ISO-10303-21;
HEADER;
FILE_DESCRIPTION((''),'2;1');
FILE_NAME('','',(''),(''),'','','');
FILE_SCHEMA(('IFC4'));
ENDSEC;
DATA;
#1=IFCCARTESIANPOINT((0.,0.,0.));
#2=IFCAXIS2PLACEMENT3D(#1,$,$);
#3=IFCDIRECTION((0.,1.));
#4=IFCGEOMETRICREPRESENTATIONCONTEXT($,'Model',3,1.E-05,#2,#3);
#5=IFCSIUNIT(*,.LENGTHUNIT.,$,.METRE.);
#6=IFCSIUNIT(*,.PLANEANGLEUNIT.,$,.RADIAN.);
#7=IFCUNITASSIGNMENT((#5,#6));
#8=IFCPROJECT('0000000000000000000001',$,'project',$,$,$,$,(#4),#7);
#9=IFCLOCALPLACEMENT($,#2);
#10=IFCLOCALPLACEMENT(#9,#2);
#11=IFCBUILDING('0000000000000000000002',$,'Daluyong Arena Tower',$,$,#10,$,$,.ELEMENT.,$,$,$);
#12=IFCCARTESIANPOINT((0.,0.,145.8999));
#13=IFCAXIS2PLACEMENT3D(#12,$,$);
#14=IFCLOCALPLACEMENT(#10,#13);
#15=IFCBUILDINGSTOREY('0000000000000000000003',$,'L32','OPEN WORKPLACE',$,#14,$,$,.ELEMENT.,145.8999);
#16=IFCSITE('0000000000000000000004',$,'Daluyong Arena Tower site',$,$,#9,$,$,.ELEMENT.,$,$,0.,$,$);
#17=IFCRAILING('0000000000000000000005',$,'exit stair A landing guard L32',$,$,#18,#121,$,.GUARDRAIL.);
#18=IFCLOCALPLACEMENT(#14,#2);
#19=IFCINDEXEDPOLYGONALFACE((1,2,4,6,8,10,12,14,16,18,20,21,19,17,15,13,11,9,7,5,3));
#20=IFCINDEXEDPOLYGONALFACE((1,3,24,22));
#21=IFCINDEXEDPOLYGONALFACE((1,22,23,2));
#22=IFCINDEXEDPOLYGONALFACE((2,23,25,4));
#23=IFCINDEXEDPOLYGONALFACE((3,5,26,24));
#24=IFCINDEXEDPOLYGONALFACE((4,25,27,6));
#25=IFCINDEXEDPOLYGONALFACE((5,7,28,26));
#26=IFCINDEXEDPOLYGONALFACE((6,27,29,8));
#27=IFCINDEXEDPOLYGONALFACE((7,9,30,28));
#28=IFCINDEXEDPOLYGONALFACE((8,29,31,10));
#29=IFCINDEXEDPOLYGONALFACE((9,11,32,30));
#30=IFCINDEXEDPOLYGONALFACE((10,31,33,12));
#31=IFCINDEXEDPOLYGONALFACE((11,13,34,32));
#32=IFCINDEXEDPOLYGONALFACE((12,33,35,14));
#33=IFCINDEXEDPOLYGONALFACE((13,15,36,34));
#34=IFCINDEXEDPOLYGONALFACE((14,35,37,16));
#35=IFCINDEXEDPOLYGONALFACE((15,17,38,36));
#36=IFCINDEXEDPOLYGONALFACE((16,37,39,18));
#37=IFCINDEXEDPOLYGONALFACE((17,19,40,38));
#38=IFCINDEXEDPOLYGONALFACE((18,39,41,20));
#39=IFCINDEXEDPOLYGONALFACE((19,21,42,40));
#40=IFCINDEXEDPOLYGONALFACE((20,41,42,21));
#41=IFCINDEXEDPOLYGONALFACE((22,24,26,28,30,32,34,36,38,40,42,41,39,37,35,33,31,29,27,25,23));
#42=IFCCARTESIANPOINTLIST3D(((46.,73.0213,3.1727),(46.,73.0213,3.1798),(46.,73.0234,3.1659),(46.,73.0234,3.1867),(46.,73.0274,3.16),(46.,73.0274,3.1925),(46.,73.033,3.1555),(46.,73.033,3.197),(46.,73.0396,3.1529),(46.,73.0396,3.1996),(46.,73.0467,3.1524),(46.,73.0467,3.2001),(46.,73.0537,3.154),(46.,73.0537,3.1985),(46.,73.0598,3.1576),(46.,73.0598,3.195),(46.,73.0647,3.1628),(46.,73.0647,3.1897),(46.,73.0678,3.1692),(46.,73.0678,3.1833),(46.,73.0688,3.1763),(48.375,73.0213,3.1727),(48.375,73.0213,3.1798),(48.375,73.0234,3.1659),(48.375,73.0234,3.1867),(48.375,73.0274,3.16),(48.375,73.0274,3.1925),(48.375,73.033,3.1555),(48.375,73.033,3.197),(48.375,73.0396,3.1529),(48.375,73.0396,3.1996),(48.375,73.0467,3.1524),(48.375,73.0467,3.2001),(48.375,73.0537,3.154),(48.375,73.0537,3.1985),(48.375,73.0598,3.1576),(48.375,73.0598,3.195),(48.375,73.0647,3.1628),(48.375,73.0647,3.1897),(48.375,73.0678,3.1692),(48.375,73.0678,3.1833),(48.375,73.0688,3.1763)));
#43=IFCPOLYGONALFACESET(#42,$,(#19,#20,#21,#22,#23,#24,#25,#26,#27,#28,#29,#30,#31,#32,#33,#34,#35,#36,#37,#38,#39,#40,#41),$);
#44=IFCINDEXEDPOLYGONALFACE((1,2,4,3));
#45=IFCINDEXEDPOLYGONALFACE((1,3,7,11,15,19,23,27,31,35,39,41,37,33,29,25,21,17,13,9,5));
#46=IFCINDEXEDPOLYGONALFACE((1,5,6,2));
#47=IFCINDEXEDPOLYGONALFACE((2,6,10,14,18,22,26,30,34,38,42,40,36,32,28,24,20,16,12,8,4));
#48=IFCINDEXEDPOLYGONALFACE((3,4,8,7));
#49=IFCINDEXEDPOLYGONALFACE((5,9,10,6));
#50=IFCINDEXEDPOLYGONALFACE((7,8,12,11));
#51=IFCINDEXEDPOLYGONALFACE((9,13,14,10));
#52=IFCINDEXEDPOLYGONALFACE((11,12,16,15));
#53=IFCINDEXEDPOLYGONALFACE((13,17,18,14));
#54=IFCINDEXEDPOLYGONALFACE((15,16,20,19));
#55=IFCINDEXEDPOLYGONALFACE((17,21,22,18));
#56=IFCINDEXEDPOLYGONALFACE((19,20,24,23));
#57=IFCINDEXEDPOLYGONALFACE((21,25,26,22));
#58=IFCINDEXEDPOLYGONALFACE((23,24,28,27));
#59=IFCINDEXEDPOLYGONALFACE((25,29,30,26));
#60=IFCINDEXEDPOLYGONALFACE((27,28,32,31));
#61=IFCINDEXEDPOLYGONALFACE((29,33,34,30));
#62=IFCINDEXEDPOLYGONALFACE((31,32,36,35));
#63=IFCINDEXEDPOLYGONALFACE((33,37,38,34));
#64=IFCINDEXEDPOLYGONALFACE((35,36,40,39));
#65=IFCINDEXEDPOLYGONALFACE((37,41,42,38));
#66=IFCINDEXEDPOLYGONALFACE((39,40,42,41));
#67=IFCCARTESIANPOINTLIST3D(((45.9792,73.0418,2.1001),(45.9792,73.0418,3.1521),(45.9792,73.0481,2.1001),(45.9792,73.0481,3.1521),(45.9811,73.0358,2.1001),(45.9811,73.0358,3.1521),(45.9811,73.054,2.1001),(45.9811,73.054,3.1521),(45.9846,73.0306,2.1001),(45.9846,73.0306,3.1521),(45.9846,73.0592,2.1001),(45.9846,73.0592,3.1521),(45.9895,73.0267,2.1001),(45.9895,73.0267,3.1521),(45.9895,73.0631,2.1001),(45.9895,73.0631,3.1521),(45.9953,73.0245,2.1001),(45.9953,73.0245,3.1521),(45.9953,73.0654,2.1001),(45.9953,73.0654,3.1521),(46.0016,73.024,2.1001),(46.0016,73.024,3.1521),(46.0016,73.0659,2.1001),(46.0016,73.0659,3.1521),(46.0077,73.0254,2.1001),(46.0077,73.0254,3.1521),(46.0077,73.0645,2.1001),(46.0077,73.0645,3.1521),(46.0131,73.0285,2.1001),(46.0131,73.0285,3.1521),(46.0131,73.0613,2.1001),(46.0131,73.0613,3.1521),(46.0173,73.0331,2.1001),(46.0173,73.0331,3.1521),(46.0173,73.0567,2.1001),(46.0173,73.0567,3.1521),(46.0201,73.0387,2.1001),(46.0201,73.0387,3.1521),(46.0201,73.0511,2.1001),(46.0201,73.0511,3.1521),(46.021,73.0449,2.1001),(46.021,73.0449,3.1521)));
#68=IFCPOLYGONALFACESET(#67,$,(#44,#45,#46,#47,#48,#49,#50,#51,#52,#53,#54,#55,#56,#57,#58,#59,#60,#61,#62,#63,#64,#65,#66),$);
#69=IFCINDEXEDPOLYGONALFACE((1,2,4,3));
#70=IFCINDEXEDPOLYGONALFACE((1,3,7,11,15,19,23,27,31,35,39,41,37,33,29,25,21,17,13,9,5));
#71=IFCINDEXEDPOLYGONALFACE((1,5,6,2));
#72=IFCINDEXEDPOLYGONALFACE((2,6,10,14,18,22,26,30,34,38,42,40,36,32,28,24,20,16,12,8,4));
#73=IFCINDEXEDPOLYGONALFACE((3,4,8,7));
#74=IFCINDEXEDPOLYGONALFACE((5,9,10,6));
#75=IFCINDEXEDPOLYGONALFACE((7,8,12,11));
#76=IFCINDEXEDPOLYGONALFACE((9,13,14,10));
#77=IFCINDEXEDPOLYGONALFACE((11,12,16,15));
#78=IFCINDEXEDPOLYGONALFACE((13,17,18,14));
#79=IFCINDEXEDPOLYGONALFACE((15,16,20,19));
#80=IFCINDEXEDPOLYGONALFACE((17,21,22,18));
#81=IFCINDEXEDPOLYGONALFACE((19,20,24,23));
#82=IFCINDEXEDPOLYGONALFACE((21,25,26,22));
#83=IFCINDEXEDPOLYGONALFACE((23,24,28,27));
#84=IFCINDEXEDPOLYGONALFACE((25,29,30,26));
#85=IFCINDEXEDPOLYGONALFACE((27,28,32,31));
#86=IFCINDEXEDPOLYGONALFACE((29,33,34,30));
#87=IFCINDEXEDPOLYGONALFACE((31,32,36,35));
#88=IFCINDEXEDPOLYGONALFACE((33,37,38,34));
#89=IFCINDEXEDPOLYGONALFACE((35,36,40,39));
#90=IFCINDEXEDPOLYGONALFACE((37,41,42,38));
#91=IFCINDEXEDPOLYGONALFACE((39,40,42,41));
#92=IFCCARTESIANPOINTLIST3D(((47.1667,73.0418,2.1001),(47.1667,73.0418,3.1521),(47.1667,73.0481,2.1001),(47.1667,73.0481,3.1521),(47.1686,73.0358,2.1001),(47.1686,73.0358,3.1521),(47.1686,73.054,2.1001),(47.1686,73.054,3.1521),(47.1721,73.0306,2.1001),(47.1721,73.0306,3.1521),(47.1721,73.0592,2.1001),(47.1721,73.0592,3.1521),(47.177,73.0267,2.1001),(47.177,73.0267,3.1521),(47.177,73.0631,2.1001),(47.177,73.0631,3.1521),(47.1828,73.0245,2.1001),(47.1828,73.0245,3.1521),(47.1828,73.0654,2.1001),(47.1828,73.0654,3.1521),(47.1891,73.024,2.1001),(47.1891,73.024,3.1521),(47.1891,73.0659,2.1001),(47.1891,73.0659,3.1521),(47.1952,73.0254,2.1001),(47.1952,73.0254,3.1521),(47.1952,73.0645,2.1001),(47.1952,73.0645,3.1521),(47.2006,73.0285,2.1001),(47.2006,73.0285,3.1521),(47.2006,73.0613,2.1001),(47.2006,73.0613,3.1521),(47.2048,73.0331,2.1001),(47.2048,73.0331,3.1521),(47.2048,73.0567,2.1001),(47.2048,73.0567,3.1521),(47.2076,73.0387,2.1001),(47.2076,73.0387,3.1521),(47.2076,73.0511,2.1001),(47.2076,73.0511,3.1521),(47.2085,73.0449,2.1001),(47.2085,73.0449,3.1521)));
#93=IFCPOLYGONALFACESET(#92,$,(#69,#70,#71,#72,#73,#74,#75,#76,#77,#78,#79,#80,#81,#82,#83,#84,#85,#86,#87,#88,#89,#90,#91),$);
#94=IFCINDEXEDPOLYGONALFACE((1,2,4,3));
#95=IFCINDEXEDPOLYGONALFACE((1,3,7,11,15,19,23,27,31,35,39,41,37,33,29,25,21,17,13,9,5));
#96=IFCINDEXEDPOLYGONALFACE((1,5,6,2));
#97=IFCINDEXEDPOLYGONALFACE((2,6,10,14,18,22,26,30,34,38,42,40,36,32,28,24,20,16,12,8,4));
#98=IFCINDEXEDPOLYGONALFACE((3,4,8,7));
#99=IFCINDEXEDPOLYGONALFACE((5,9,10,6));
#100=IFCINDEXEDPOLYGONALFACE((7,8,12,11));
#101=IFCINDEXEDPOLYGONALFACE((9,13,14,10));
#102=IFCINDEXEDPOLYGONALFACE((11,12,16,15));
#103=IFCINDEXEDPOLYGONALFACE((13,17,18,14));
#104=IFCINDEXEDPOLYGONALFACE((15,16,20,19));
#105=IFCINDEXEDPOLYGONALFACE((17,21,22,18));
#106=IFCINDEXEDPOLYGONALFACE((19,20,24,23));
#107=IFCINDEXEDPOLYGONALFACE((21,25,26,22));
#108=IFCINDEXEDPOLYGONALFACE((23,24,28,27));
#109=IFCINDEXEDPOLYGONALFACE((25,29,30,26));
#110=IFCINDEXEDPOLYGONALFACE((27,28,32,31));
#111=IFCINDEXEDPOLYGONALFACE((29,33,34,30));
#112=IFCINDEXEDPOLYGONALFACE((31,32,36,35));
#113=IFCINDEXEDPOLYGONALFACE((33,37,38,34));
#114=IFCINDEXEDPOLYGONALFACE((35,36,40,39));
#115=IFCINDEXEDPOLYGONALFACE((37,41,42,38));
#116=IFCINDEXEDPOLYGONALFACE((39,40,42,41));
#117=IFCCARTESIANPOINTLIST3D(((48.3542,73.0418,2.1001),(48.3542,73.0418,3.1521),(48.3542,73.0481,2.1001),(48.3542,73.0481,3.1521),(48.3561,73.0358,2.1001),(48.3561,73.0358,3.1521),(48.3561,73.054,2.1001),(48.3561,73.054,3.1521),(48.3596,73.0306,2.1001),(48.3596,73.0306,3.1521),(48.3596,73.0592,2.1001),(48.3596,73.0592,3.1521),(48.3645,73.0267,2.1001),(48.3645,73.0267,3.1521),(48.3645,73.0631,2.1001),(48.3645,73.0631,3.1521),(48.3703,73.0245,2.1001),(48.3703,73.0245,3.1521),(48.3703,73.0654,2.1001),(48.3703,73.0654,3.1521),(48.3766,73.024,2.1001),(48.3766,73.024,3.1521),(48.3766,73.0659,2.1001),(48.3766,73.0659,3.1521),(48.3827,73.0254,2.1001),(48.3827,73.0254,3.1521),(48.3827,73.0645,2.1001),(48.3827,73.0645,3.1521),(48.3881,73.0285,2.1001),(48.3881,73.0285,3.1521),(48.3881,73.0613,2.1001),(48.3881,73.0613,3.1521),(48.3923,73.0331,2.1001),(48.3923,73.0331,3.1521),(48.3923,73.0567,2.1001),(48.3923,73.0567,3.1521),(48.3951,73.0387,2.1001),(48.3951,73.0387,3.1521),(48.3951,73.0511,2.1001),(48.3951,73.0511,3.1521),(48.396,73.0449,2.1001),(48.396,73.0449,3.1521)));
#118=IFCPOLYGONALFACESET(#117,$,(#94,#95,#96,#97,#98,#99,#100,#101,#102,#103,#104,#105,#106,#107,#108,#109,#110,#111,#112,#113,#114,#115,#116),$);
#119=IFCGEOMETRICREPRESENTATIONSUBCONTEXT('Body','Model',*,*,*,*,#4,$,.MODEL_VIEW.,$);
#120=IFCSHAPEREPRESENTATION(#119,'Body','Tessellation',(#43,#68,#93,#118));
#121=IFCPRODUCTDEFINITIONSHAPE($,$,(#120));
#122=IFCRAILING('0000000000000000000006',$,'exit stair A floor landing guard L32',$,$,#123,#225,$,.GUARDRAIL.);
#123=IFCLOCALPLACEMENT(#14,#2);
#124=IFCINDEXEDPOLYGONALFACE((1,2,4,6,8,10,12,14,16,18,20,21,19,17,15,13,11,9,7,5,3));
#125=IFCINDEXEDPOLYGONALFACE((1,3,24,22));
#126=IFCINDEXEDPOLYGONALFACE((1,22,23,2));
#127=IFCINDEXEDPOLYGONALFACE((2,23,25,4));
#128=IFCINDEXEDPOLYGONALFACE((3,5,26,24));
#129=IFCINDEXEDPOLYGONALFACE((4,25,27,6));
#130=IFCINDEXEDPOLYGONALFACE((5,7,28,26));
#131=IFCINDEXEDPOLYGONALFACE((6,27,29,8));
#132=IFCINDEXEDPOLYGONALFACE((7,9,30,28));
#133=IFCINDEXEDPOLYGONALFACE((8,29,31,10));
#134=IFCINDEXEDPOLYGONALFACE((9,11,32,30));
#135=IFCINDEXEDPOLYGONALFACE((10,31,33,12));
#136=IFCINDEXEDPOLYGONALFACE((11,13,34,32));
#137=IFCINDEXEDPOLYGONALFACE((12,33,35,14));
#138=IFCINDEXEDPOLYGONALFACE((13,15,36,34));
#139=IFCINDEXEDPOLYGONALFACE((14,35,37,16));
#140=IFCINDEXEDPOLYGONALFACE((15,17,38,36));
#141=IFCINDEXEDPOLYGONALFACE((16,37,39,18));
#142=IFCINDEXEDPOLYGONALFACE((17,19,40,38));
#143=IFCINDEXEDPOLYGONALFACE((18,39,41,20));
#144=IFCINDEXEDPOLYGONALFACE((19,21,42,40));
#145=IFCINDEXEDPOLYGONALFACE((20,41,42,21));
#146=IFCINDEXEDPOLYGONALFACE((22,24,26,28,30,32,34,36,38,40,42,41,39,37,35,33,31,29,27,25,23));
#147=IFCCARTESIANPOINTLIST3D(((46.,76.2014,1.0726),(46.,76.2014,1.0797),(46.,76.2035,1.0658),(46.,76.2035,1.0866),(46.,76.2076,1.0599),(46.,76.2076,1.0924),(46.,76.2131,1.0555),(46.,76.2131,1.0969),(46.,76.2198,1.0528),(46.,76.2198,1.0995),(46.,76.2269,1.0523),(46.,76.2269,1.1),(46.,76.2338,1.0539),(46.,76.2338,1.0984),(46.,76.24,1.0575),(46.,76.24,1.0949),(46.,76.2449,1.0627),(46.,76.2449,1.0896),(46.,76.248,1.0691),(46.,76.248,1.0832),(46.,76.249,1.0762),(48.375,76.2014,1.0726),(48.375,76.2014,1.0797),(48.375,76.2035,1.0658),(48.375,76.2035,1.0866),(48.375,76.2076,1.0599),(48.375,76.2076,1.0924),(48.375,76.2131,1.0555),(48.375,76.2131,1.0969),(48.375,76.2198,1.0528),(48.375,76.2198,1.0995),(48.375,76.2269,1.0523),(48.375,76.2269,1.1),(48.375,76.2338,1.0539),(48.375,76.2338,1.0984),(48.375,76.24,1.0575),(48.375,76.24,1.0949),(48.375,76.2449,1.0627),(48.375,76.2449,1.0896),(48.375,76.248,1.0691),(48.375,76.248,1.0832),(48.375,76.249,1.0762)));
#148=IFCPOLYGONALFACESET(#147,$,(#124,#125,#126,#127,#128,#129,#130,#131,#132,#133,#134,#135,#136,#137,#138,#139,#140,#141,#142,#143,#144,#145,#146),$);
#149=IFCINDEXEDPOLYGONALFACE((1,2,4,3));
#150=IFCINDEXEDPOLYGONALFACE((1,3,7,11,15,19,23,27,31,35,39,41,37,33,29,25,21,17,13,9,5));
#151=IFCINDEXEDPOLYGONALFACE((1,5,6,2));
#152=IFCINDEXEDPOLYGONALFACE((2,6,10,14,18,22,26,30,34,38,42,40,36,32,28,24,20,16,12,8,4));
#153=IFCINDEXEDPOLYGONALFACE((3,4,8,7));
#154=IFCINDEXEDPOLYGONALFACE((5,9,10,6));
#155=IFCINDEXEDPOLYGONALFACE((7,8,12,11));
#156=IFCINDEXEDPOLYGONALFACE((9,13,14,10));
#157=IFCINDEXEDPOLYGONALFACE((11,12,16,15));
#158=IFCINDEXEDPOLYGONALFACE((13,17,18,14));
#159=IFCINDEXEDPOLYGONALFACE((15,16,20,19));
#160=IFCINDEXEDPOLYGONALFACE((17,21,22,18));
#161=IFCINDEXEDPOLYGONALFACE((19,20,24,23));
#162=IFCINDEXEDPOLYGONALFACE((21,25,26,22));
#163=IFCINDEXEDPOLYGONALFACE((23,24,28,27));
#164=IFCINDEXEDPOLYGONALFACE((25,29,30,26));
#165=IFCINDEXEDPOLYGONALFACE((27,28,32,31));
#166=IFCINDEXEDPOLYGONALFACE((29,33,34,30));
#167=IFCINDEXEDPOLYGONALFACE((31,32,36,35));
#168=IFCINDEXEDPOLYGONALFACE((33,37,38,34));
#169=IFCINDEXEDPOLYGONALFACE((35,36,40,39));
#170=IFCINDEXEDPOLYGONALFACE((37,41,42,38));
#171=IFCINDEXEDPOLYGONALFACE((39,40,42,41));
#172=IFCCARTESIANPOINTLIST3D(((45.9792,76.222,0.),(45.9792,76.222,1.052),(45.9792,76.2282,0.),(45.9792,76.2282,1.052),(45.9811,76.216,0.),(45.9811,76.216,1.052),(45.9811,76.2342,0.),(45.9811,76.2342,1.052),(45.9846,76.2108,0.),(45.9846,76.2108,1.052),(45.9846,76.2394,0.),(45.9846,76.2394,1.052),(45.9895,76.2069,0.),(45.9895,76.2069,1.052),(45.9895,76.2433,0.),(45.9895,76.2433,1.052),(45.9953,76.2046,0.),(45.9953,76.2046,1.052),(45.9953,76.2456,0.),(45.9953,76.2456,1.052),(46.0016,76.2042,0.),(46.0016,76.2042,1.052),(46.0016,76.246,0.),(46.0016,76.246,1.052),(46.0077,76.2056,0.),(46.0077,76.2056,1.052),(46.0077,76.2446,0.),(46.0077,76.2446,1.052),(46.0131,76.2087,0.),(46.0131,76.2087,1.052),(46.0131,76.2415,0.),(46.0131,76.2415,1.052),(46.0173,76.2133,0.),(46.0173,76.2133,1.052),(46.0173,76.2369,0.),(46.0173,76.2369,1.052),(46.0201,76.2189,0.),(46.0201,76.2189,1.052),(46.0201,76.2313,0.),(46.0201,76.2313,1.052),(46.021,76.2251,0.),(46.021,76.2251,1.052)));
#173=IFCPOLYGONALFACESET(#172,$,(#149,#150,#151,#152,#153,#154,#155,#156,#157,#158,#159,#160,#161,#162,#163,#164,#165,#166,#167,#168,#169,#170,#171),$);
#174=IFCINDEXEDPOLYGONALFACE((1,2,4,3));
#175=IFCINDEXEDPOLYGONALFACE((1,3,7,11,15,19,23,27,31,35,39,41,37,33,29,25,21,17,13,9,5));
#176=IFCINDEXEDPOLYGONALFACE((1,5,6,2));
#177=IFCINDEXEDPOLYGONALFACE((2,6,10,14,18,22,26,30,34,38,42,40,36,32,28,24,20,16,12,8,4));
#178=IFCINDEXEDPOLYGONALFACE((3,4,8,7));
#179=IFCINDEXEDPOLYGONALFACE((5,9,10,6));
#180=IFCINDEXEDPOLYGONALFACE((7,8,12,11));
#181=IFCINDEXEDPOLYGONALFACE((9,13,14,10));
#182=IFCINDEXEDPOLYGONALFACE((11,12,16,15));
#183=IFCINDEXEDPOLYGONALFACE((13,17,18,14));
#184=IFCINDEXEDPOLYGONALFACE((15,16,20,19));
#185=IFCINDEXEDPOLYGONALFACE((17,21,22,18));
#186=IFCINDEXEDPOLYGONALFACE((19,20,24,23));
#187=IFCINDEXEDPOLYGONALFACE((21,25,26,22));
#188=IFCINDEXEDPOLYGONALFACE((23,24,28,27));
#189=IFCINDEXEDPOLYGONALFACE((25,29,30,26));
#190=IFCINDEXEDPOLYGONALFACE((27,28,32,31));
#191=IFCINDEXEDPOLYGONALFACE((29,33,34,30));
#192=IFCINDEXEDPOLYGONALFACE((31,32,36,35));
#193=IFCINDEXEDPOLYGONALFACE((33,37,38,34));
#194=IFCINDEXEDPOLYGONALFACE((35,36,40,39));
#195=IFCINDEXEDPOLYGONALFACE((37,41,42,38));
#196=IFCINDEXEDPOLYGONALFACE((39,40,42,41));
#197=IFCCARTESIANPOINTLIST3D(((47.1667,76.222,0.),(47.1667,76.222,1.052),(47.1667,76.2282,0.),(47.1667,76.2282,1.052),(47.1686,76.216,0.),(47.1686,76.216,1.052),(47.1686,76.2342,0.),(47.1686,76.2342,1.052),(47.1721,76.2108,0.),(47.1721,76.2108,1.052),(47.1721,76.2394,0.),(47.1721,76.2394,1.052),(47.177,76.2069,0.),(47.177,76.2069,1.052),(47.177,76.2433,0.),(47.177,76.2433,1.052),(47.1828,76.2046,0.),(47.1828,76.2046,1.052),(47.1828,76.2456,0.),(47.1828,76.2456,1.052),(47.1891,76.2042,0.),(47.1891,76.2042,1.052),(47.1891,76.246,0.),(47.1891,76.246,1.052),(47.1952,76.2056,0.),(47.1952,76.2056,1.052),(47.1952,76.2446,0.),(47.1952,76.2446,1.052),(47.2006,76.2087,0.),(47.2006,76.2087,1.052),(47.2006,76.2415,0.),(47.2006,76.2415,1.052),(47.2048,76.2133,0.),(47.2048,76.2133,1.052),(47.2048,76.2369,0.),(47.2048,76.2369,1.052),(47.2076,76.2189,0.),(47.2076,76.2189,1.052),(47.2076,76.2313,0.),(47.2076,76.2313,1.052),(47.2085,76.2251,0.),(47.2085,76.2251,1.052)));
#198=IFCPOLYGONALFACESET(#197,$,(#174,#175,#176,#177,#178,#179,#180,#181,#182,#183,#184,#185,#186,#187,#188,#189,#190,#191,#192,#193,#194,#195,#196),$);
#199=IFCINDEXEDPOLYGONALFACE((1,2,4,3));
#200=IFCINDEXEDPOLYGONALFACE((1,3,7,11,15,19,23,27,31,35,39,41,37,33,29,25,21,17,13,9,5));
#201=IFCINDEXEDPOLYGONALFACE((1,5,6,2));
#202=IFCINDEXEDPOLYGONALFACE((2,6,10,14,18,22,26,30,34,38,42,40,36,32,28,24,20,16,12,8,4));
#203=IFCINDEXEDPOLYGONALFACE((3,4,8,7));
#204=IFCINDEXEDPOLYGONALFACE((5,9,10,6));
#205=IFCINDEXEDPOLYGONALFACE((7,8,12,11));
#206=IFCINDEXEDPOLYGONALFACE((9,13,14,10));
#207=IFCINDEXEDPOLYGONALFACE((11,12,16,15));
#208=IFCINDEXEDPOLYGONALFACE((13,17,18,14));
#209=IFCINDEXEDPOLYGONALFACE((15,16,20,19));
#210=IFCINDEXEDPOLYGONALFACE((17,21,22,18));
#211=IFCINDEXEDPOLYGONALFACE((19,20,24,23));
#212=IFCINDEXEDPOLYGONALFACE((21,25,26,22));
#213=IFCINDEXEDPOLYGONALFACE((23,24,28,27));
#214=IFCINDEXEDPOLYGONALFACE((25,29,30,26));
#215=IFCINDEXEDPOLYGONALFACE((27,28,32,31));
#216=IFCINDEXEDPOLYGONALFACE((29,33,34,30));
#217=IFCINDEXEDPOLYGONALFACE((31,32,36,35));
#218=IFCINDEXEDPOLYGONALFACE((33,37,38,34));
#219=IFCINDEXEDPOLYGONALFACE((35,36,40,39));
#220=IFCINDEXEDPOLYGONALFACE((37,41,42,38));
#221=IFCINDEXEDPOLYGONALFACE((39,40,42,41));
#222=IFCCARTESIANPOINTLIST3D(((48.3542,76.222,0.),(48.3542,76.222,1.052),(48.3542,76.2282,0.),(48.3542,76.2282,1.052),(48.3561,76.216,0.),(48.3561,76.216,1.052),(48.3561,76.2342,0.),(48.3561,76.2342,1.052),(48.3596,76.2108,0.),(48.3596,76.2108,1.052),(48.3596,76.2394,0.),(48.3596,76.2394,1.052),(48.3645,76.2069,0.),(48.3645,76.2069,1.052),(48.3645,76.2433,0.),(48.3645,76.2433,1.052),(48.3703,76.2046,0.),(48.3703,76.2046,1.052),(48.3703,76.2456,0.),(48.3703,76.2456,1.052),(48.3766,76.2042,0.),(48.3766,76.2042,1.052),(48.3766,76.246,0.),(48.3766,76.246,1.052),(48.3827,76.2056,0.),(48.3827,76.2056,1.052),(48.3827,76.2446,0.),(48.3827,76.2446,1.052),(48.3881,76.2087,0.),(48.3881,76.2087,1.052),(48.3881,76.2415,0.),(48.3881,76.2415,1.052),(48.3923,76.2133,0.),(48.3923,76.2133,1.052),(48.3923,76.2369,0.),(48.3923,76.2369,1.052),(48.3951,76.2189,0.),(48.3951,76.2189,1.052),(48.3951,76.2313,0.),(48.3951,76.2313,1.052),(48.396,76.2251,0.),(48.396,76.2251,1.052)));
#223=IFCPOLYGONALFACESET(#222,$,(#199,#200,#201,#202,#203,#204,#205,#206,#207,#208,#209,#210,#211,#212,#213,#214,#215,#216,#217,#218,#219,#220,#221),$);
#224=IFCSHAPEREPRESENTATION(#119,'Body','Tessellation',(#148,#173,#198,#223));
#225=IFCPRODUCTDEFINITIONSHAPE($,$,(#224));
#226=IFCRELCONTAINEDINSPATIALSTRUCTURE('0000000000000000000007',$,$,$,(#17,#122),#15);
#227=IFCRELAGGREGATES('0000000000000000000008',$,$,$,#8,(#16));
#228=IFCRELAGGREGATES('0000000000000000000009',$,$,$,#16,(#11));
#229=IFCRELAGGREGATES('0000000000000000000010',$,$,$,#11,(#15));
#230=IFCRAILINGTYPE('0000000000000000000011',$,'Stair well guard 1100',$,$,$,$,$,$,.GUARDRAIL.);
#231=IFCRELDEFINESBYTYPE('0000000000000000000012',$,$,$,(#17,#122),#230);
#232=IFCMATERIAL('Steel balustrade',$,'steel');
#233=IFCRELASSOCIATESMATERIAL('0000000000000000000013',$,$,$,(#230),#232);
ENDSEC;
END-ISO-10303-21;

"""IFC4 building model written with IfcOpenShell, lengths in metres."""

from ifc_helpers import new_model, si_unit, direction, frame, origin, origin_2d, place, context, subcontext, project, spatial, circle, extrude, material, type_object, element, save


model = new_model("IFC4")

# Units and contexts
model_context = context("Model", 3, precision=1e-05, world=origin(), true_north=direction((0.0, 1.0)))
body_context = subcontext(model_context, "Body", "Model", "MODEL_VIEW")
ifc_project = project(units=[si_unit("LENGTHUNIT", "METRE"), si_unit("PLANEANGLEUNIT", "RADIAN")], contexts=[model_context])

# Site, building, storey
site_placement = place(None, origin())
site = spatial("IfcSite", under=ifc_project, at=site_placement, Name="Daluyong Arena Tower site", CompositionType="ELEMENT", RefElevation=0.0)
building_placement = place(site_placement, origin())
building = spatial("IfcBuilding", under=site, at=building_placement, Name="Daluyong Arena Tower", CompositionType="ELEMENT")
storey_placement = place(building_placement, frame((0.0, 0.0, 145.8999)))
storey = spatial("IfcBuildingStorey", under=building, at=storey_placement, Name="L32", Description="OPEN WORKPLACE", CompositionType="ELEMENT", Elevation=145.8999)

# Railings
ifc_material_1 = material(Name="Steel balustrade", Category="steel")
railing_type_1 = type_object("IfcRailingType", Name="Stair well guard 1100", PredefinedType="GUARDRAIL", material=ifc_material_1)
for number, where, name in (
    (1, (46.0, 73.0449, 2.1001), "exit stair A landing guard L32"),
    (2, (46.0, 76.2251, 0.0), "exit stair A floor landing guard L32"),
):
    element("IfcRailing", number, at=place(storey_placement, frame(where)), inside=storey, type_object=railing_type_1, Name=name, PredefinedType="GUARDRAIL", context=body_context, shape_type="SweptSolid", body=[
        extrude(circle(Radius=0.0239, at=origin_2d()), frame((0.0, 0.0, 1.0762), z_axis=(1.0, 0.0, 0.0), x_axis=(0.0, 1.0, 0.0)), (0.0, 0.0, 1.0), 2.375),
        extrude(circle(Radius=0.021, at=origin_2d()), origin(), (0.0, 0.0, 1.0), 1.052),
        extrude(circle(Radius=0.021, at=origin_2d()), frame((1.1875, 0.0, 0.0)), (0.0, 0.0, 1.0), 1.052),
        extrude(circle(Radius=0.021, at=origin_2d()), frame((2.375, 0.0, 0.0)), (0.0, 0.0, 1.0), 1.052),
    ])

save(model, "model.ifc")
